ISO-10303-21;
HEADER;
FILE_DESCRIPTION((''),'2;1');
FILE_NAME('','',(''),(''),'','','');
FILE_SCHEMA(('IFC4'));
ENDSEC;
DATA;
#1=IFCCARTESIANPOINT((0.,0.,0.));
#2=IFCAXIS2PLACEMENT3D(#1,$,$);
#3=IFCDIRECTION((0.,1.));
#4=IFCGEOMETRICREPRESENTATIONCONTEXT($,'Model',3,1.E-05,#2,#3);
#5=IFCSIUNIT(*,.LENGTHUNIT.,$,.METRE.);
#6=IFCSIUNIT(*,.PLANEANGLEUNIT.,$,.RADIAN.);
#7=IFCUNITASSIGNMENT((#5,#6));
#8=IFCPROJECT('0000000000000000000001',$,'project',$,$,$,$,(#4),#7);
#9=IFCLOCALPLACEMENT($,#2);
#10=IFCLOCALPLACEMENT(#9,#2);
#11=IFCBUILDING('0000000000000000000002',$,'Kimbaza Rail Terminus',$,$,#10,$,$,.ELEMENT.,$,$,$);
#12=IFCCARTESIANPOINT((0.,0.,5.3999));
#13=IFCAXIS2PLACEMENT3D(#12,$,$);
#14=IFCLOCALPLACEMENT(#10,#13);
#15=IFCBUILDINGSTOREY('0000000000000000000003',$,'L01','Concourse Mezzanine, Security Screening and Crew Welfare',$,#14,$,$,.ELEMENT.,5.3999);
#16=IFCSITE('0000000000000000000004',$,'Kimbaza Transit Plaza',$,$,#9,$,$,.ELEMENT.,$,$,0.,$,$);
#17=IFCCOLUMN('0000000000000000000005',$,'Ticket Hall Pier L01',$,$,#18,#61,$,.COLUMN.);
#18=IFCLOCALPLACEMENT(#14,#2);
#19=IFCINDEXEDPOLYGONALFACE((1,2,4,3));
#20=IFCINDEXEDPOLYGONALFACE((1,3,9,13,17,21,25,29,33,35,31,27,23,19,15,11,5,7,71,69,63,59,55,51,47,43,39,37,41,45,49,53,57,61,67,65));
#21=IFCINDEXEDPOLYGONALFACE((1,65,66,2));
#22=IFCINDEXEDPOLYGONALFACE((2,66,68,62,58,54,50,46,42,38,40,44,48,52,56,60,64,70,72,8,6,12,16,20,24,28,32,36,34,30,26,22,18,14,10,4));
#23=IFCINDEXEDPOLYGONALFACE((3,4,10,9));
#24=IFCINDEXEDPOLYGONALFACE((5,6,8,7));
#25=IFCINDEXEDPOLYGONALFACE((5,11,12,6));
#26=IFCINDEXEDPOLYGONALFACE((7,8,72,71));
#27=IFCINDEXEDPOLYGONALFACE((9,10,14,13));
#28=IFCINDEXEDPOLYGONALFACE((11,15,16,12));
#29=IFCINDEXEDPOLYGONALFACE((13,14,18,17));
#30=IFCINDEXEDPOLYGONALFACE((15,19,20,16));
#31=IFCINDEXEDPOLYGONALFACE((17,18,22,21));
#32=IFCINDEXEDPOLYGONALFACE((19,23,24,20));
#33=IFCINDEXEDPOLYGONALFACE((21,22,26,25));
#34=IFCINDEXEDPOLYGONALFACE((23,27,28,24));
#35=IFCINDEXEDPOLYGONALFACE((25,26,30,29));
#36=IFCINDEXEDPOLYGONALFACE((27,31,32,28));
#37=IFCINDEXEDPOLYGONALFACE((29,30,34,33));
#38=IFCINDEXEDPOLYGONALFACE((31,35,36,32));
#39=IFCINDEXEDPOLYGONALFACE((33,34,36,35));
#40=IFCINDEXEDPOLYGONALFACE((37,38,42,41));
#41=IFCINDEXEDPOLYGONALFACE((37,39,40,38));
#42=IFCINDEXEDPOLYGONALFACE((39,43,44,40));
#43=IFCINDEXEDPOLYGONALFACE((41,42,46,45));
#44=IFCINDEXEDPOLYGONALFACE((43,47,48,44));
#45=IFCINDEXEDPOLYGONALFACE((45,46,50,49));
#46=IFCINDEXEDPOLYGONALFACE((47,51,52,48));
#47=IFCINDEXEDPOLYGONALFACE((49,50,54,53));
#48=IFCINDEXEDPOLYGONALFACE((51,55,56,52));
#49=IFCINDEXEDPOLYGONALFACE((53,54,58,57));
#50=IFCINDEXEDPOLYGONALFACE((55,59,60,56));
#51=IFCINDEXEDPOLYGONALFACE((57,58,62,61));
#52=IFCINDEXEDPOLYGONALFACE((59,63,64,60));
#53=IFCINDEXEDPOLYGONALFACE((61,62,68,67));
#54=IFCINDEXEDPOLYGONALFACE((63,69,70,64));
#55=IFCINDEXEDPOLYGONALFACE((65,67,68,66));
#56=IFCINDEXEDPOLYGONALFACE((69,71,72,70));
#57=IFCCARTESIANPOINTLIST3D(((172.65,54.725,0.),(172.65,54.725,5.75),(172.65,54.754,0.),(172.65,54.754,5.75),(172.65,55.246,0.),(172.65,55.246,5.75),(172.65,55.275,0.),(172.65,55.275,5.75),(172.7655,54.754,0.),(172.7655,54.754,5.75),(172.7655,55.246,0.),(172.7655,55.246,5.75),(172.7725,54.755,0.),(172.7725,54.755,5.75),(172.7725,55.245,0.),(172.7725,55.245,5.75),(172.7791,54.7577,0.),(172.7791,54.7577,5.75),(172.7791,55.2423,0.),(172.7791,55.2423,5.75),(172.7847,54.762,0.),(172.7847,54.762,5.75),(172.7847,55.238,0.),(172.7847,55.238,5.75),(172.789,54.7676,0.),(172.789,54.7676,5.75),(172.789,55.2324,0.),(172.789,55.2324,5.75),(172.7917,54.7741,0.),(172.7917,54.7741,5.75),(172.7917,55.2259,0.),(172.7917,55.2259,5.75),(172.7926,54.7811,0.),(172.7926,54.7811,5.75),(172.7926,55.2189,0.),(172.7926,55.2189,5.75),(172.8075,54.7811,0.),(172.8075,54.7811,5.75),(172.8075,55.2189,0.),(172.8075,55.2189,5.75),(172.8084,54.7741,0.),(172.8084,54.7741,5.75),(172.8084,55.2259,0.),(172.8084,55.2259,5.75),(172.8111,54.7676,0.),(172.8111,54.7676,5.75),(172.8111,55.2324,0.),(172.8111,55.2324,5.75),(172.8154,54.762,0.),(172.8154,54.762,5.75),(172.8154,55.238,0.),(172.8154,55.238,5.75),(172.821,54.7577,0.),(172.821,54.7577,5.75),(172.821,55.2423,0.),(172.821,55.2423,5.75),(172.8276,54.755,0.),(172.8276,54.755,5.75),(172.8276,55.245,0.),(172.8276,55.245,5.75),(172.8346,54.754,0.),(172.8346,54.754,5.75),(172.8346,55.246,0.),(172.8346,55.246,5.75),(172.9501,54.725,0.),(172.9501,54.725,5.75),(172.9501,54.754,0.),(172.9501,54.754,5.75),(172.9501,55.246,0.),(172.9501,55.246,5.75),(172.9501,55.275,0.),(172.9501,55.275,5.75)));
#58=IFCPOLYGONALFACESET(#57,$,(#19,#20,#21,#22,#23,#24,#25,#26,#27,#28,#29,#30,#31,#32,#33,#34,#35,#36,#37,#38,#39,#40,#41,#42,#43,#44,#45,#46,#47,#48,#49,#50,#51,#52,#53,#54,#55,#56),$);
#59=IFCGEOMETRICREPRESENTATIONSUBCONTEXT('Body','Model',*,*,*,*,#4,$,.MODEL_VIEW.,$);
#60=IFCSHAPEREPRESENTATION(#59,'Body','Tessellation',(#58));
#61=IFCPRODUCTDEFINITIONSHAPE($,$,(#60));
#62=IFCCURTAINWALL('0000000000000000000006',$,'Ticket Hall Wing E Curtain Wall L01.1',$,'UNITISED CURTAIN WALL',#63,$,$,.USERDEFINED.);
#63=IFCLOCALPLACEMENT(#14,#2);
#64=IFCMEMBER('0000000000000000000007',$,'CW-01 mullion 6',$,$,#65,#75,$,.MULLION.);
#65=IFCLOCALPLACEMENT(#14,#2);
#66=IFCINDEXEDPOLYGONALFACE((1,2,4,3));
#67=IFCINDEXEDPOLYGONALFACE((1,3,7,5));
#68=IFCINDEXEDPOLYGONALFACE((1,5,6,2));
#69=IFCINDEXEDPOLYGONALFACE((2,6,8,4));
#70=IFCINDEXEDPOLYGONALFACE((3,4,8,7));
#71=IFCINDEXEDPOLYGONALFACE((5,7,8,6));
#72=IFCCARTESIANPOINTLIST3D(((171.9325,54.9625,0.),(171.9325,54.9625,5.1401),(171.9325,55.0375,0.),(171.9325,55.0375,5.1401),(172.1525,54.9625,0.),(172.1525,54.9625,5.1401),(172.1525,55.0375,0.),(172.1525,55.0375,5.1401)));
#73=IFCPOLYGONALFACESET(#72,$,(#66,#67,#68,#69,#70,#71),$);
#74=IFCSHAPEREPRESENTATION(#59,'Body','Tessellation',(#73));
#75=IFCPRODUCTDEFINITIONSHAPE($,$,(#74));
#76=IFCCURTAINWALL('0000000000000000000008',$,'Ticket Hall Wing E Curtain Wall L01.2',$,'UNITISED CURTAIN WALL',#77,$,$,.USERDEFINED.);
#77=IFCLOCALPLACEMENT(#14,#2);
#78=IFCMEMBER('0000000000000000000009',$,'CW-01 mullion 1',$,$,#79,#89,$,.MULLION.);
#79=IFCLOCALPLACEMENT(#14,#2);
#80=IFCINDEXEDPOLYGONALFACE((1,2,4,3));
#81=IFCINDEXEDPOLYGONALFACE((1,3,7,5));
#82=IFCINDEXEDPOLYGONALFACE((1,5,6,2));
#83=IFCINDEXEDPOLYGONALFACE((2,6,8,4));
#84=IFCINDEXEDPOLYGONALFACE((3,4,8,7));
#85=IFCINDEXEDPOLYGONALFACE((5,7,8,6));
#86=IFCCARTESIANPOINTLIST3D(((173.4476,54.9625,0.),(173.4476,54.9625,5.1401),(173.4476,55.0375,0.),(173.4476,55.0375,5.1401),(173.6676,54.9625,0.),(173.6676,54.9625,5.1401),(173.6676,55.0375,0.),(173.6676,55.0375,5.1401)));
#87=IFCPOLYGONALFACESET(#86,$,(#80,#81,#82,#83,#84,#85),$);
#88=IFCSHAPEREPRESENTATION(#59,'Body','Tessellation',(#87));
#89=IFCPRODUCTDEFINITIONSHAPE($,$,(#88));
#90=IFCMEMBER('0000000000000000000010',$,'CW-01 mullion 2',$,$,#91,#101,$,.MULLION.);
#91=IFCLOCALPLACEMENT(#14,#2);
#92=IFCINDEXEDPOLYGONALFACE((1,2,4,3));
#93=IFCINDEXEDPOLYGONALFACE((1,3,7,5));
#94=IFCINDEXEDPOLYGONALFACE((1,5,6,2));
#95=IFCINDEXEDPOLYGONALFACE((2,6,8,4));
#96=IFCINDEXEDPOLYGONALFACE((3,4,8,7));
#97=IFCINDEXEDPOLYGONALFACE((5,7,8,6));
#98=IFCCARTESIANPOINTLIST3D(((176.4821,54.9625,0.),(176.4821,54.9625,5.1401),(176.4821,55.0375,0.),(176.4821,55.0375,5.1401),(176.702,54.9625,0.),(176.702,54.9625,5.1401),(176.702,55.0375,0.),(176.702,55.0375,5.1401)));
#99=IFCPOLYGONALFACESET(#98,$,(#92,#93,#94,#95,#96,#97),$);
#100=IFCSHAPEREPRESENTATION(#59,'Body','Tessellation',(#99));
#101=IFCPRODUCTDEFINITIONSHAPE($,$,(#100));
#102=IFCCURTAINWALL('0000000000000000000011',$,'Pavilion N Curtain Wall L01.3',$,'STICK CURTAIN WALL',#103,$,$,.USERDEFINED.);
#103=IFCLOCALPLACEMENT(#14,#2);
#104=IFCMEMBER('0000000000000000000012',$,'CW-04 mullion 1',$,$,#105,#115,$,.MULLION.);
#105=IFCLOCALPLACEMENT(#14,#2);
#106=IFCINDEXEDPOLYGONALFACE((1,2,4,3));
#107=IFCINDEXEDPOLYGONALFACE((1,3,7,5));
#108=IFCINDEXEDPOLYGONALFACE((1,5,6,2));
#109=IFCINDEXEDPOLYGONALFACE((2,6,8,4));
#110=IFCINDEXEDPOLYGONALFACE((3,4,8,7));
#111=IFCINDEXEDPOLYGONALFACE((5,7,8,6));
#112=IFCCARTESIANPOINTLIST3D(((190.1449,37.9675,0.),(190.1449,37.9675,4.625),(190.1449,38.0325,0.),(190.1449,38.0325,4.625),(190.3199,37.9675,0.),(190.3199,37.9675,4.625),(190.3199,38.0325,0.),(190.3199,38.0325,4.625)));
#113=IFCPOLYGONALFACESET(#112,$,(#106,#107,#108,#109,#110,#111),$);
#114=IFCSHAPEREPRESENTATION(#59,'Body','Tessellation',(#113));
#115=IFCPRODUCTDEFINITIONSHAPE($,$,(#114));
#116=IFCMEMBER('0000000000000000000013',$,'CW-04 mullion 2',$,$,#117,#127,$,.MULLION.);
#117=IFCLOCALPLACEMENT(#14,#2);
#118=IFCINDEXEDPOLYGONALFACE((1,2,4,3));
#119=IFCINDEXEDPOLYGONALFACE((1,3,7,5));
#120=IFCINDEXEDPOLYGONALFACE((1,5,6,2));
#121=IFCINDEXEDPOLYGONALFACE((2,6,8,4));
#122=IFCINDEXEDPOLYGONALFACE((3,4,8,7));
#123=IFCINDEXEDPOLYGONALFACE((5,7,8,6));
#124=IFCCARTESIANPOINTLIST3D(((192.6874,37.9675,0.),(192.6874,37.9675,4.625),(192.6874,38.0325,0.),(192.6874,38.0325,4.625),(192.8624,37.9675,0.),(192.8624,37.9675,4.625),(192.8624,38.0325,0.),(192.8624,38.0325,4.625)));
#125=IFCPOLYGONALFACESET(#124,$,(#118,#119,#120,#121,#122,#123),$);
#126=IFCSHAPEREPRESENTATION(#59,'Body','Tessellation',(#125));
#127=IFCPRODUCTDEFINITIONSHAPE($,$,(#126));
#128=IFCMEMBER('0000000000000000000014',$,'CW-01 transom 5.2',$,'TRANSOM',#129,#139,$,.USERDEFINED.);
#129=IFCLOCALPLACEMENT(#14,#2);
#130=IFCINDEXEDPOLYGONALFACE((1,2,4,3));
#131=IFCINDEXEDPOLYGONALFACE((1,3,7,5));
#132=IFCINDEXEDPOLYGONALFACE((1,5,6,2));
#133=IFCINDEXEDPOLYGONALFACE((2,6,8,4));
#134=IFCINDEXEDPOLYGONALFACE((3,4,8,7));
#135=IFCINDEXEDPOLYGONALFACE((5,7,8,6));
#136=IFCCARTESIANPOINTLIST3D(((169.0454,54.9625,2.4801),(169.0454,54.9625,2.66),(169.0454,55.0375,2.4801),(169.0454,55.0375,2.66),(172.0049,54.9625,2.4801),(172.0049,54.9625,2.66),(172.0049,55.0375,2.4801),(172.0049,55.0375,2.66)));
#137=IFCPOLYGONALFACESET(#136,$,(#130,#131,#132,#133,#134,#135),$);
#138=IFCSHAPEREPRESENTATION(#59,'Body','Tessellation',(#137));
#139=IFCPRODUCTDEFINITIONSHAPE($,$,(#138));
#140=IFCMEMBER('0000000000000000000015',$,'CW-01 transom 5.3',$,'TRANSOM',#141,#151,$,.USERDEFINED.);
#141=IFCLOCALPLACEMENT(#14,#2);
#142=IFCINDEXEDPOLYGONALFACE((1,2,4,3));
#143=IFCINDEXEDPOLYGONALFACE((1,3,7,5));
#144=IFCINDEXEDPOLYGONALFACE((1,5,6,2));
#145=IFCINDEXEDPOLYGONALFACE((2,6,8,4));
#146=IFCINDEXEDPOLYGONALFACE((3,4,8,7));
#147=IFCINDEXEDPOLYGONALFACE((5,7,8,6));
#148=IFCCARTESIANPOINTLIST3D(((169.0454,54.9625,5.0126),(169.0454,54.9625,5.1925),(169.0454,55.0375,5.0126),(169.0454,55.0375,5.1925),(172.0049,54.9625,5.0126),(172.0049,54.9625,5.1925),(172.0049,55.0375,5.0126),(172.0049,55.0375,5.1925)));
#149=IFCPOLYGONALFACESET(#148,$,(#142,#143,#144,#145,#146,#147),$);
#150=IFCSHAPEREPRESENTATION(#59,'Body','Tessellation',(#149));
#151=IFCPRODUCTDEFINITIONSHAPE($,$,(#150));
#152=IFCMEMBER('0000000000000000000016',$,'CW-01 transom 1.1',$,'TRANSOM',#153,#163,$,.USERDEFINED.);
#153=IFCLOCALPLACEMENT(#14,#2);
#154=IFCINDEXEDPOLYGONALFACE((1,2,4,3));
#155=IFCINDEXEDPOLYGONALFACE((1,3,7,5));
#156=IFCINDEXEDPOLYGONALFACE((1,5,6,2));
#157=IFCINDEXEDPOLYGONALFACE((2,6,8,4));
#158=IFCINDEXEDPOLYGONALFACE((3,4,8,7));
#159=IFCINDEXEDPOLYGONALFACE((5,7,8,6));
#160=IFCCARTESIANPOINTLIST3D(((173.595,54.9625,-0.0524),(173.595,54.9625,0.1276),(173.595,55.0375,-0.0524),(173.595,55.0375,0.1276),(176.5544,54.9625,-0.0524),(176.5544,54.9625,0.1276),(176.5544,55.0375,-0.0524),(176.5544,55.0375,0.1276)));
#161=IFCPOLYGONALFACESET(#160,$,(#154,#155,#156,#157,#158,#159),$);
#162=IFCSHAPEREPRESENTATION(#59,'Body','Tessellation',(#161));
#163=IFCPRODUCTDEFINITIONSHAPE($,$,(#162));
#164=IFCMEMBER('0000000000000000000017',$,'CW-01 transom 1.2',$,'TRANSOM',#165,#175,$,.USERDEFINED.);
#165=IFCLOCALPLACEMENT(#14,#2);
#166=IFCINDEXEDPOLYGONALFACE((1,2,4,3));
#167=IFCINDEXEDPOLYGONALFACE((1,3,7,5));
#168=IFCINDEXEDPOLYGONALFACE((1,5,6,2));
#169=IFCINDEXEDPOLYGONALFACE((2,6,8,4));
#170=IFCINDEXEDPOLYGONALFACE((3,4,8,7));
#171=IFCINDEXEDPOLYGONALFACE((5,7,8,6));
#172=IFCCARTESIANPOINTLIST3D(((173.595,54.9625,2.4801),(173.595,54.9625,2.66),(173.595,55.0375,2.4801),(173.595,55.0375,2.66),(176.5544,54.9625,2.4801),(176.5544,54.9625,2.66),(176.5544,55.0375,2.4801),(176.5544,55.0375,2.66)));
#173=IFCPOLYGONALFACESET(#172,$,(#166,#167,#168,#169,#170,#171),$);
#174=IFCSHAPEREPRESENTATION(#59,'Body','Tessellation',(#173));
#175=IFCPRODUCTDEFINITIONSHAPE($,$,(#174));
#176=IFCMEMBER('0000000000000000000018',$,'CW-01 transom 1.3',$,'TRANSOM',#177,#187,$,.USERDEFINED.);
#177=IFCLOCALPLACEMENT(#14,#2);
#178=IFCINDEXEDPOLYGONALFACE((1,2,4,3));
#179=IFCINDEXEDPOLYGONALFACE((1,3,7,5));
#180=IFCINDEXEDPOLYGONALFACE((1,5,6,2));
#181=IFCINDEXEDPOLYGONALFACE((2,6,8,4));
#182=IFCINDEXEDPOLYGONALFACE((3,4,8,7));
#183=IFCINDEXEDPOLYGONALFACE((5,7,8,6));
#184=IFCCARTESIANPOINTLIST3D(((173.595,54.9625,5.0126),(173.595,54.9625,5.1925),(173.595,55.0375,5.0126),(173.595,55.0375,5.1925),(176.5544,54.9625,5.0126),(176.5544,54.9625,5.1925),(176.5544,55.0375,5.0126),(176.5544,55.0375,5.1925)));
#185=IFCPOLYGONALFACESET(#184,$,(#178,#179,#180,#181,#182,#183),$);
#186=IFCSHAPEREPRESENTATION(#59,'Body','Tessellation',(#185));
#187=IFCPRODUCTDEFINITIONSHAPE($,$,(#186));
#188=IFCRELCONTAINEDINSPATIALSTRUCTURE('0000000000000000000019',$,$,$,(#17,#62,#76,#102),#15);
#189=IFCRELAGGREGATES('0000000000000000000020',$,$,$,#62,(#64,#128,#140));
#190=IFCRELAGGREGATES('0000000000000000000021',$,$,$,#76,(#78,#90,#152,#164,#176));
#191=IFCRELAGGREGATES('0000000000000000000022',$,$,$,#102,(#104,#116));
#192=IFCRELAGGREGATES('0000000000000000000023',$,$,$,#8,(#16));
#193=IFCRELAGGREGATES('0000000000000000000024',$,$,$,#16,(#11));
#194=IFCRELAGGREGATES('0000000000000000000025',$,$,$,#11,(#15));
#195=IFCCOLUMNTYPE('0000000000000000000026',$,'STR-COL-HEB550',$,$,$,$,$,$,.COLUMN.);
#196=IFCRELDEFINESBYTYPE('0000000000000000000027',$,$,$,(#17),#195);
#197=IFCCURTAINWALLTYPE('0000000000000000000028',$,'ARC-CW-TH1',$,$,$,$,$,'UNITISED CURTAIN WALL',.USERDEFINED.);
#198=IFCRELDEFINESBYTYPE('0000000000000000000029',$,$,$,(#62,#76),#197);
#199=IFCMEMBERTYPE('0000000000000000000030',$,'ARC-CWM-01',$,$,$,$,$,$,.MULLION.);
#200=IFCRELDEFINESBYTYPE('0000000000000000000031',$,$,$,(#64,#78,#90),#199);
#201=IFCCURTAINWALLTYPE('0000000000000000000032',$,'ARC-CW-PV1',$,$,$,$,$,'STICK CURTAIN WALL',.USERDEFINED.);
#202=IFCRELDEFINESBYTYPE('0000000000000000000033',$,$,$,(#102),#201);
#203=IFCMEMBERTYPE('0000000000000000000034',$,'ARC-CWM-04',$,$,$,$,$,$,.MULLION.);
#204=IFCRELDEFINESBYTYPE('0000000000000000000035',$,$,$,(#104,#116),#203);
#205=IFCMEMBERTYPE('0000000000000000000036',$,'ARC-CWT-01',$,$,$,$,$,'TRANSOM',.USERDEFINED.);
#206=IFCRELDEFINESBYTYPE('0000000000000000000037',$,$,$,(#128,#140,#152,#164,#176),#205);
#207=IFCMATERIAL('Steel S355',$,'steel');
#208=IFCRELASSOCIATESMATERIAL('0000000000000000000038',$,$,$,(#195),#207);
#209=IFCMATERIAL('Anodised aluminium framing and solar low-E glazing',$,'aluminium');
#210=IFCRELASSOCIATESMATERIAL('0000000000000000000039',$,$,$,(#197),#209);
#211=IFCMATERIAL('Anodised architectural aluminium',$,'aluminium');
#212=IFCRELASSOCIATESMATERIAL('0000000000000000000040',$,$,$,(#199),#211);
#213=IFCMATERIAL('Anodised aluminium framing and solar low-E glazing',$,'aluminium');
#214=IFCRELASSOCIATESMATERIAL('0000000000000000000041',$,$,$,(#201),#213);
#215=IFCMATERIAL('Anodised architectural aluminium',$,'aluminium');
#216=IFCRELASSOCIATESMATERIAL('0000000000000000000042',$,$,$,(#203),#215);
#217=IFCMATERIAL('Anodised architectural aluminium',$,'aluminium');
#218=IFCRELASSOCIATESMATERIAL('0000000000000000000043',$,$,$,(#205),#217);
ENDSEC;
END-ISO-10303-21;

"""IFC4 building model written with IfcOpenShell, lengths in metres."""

from ifc_helpers import new_model, si_unit, direction, frame, origin, origin_2d, place, context, subcontext, project, spatial, rectangle, i_section, extrude, material, material_profile, profile_set, type_object, element, aggregate, save


model = new_model("IFC4")

# Units and contexts
model_context = context("Model", 3, precision=1e-05, world=origin(), true_north=direction((0.0, 1.0)))
body_context = subcontext(model_context, "Body", "Model", "MODEL_VIEW")
ifc_project = project(units=[si_unit("LENGTHUNIT", "METRE"), si_unit("PLANEANGLEUNIT", "RADIAN")], contexts=[model_context])

# Site, building, storey
site_placement = place(None, origin())
site = spatial("IfcSite", under=ifc_project, at=site_placement, Name="Kimbaza Transit Plaza", CompositionType="ELEMENT", RefElevation=0.0)
building_placement = place(site_placement, origin())
building = spatial("IfcBuilding", under=site, at=building_placement, Name="Kimbaza Rail Terminus", CompositionType="ELEMENT")
storey_placement = place(building_placement, frame((0.0, 0.0, 5.3999)))
storey = spatial("IfcBuildingStorey", under=building, at=storey_placement, Name="L01", Description="Concourse Mezzanine, Security Screening and Crew Welfare", CompositionType="ELEMENT", Elevation=5.3999)

# Column
ifc_material_1 = material(Name="Steel S355", Category="steel")
ifc_material_profile_1 = material_profile(ifc_material_1, i_section(OverallWidth=0.3, OverallDepth=0.55, WebThickness=0.0149, FlangeThickness=0.0291, FilletRadius=0.0271, at=origin_2d()), Name="HEB 550")
ifc_profile_set_1 = profile_set([ifc_material_profile_1], Name="Steel S355")
column_type = type_object("IfcColumnType", Name="STR-COL-HEB550", PredefinedType="COLUMN", material=ifc_profile_set_1)
column_placement = place(storey_placement, frame((172.8, 55.0, 0.0), z_axis=(0.0, 0.0, 1.0), x_axis=(1.0, 0.0, 0.0)))
element("IfcColumn", 1, at=column_placement, inside=storey, type_object=column_type, Name="Ticket Hall Pier L01", PredefinedType="COLUMN", context=body_context, shape_type="SweptSolid", body=[
    extrude(i_section(OverallWidth=0.3, OverallDepth=0.55, WebThickness=0.0149, FlangeThickness=0.0291, FilletRadius=0.0271, at=origin_2d()), origin(), (0.0, 0.0, 1.0), 5.75),
])

# Curtain wall, member
ifc_material_2 = material(Name="Anodised aluminium framing and solar low-E glazing", Category="aluminium")
curtain_wall_type_1 = type_object("IfcCurtainWallType", Name="ARC-CW-TH1", ElementType="UNITISED CURTAIN WALL", PredefinedType="USERDEFINED", material=ifc_material_2)
curtain_wall_1_placement = place(storey_placement, origin())
curtain_wall_1 = element("IfcCurtainWall", 2, at=curtain_wall_1_placement, inside=storey, type_object=curtain_wall_type_1, Name="Ticket Hall Wing E Curtain Wall L01.1", ObjectType="UNITISED CURTAIN WALL", PredefinedType="USERDEFINED")
ifc_material_3 = material(Name="Anodised architectural aluminium", Category="aluminium")
ifc_material_profile_2 = material_profile(ifc_material_3, rectangle(XDim=0.075, YDim=0.22, at=origin_2d()), Name="MULLION 75x220")
ifc_profile_set_2 = profile_set([ifc_material_profile_2], Name="Anodised architectural aluminium")
member_type_1 = type_object("IfcMemberType", Name="ARC-CWM-01", PredefinedType="MULLION", material=ifc_profile_set_2)
member_1_placement = place(storey_placement, frame((172.0425, 55.0, 0.0), z_axis=(0.0, 0.0, 1.0), x_axis=(0.0, 1.0, 0.0)))
member_1 = element("IfcMember", 3, at=member_1_placement, type_object=member_type_1, Name="CW-01 mullion 6", PredefinedType="MULLION", context=body_context, shape_type="SweptSolid", body=[
    extrude(rectangle(XDim=0.075, YDim=0.22, at=origin_2d()), origin(), (0.0, 0.0, 1.0), 5.1401),
])

# Curtain walls, members
curtain_wall_2_placement = place(storey_placement, origin())
curtain_wall_2 = element("IfcCurtainWall", 4, at=curtain_wall_2_placement, inside=storey, type_object=curtain_wall_type_1, Name="Ticket Hall Wing E Curtain Wall L01.2", ObjectType="UNITISED CURTAIN WALL", PredefinedType="USERDEFINED")
member_2_placement = place(storey_placement, frame((173.5576, 55.0, 0.0), z_axis=(0.0, 0.0, 1.0), x_axis=(0.0, 1.0, 0.0)))
member_2 = element("IfcMember", 5, at=member_2_placement, type_object=member_type_1, Name="CW-01 mullion 1", PredefinedType="MULLION", context=body_context, shape_type="SweptSolid", body=[
    extrude(rectangle(XDim=0.075, YDim=0.22, at=origin_2d()), origin(), (0.0, 0.0, 1.0), 5.1401),
])
member_3_placement = place(storey_placement, frame((176.592, 55.0, 0.0), z_axis=(0.0, 0.0, 1.0), x_axis=(0.0, 1.0, 0.0)))
member_3 = element("IfcMember", 6, at=member_3_placement, type_object=member_type_1, Name="CW-01 mullion 2", PredefinedType="MULLION", context=body_context, shape_type="SweptSolid", body=[
    extrude(rectangle(XDim=0.075, YDim=0.22, at=origin_2d()), origin(), (0.0, 0.0, 1.0), 5.1401),
])
ifc_material_4 = material(Name="Anodised aluminium framing and solar low-E glazing", Category="aluminium")
curtain_wall_type_2 = type_object("IfcCurtainWallType", Name="ARC-CW-PV1", ElementType="STICK CURTAIN WALL", PredefinedType="USERDEFINED", material=ifc_material_4)
curtain_wall_3_placement = place(storey_placement, origin())
curtain_wall_3 = element("IfcCurtainWall", 7, at=curtain_wall_3_placement, inside=storey, type_object=curtain_wall_type_2, Name="Pavilion N Curtain Wall L01.3", ObjectType="STICK CURTAIN WALL", PredefinedType="USERDEFINED")
ifc_material_5 = material(Name="Anodised architectural aluminium", Category="aluminium")
ifc_material_profile_3 = material_profile(ifc_material_5, rectangle(XDim=0.0649, YDim=0.175, at=origin_2d()), Name="MULLION 65x175")
ifc_profile_set_3 = profile_set([ifc_material_profile_3], Name="Anodised architectural aluminium")
member_type_2 = type_object("IfcMemberType", Name="ARC-CWM-04", PredefinedType="MULLION", material=ifc_profile_set_3)
member_4_placement = place(storey_placement, frame((190.2324, 38.0, 0.0), z_axis=(0.0, 0.0, 1.0), x_axis=(0.0, 1.0, 0.0)))
member_4 = element("IfcMember", 8, at=member_4_placement, type_object=member_type_2, Name="CW-04 mullion 1", PredefinedType="MULLION", context=body_context, shape_type="SweptSolid", body=[
    extrude(rectangle(XDim=0.0649, YDim=0.175, at=origin_2d()), origin(), (0.0, 0.0, 1.0), 4.625),
])
member_5_placement = place(storey_placement, frame((192.7749, 38.0, 0.0), z_axis=(0.0, 0.0, 1.0), x_axis=(0.0, 1.0, 0.0)))
member_5 = element("IfcMember", 9, at=member_5_placement, type_object=member_type_2, Name="CW-04 mullion 2", PredefinedType="MULLION", context=body_context, shape_type="SweptSolid", body=[
    extrude(rectangle(XDim=0.0649, YDim=0.175, at=origin_2d()), origin(), (0.0, 0.0, 1.0), 4.625),
])

# Members
ifc_material_6 = material(Name="Anodised architectural aluminium", Category="aluminium")
ifc_material_profile_4 = material_profile(ifc_material_6, rectangle(XDim=0.075, YDim=0.1799, at=origin_2d()), Name="TRANSOM 75x180")
ifc_profile_set_4 = profile_set([ifc_material_profile_4], Name="Anodised architectural aluminium")
member_type_3 = type_object("IfcMemberType", Name="ARC-CWT-01", ElementType="TRANSOM", PredefinedType="USERDEFINED", material=ifc_profile_set_4)
member_6_placement = place(storey_placement, frame((169.0454, 55.0, 2.5701), z_axis=(1.0, 0.0, 0.0), x_axis=(0.0, 1.0, 0.0)))
member_6 = element("IfcMember", 10, at=member_6_placement, type_object=member_type_3, Name="CW-01 transom 5.2", ObjectType="TRANSOM", PredefinedType="USERDEFINED", context=body_context, shape_type="SweptSolid", body=[
    extrude(rectangle(XDim=0.075, YDim=0.1799, at=origin_2d()), origin(), (0.0, 0.0, 1.0), 2.9595),
])
member_7_placement = place(storey_placement, frame((169.0454, 55.0, 5.1025), z_axis=(1.0, 0.0, 0.0), x_axis=(0.0, 1.0, 0.0)))
member_7 = element("IfcMember", 11, at=member_7_placement, type_object=member_type_3, Name="CW-01 transom 5.3", ObjectType="TRANSOM", PredefinedType="USERDEFINED", context=body_context, shape_type="SweptSolid", body=[
    extrude(rectangle(XDim=0.075, YDim=0.1799, at=origin_2d()), origin(), (0.0, 0.0, 1.0), 2.9595),
])
member_8_placement = place(storey_placement, frame((173.595, 55.0, 0.0376), z_axis=(1.0, 0.0, 0.0), x_axis=(0.0, 1.0, 0.0)))
member_8 = element("IfcMember", 12, at=member_8_placement, type_object=member_type_3, Name="CW-01 transom 1.1", ObjectType="TRANSOM", PredefinedType="USERDEFINED", context=body_context, shape_type="SweptSolid", body=[
    extrude(rectangle(XDim=0.075, YDim=0.1799, at=origin_2d()), origin(), (0.0, 0.0, 1.0), 2.9595),
])
member_9_placement = place(storey_placement, frame((173.595, 55.0, 2.5701), z_axis=(1.0, 0.0, 0.0), x_axis=(0.0, 1.0, 0.0)))
member_9 = element("IfcMember", 13, at=member_9_placement, type_object=member_type_3, Name="CW-01 transom 1.2", ObjectType="TRANSOM", PredefinedType="USERDEFINED", context=body_context, shape_type="SweptSolid", body=[
    extrude(rectangle(XDim=0.075, YDim=0.1799, at=origin_2d()), origin(), (0.0, 0.0, 1.0), 2.9595),
])
member_10_placement = place(storey_placement, frame((173.595, 55.0, 5.1025), z_axis=(1.0, 0.0, 0.0), x_axis=(0.0, 1.0, 0.0)))
member_10 = element("IfcMember", 14, at=member_10_placement, type_object=member_type_3, Name="CW-01 transom 1.3", ObjectType="TRANSOM", PredefinedType="USERDEFINED", context=body_context, shape_type="SweptSolid", body=[
    extrude(rectangle(XDim=0.075, YDim=0.1799, at=origin_2d()), origin(), (0.0, 0.0, 1.0), 2.9595),
])

aggregate(curtain_wall_1, [member_1, member_6, member_7])
aggregate(curtain_wall_2, [member_2, member_3, member_8, member_9, member_10])
aggregate(curtain_wall_3, [member_4, member_5])

save(model, "model.ifc")
